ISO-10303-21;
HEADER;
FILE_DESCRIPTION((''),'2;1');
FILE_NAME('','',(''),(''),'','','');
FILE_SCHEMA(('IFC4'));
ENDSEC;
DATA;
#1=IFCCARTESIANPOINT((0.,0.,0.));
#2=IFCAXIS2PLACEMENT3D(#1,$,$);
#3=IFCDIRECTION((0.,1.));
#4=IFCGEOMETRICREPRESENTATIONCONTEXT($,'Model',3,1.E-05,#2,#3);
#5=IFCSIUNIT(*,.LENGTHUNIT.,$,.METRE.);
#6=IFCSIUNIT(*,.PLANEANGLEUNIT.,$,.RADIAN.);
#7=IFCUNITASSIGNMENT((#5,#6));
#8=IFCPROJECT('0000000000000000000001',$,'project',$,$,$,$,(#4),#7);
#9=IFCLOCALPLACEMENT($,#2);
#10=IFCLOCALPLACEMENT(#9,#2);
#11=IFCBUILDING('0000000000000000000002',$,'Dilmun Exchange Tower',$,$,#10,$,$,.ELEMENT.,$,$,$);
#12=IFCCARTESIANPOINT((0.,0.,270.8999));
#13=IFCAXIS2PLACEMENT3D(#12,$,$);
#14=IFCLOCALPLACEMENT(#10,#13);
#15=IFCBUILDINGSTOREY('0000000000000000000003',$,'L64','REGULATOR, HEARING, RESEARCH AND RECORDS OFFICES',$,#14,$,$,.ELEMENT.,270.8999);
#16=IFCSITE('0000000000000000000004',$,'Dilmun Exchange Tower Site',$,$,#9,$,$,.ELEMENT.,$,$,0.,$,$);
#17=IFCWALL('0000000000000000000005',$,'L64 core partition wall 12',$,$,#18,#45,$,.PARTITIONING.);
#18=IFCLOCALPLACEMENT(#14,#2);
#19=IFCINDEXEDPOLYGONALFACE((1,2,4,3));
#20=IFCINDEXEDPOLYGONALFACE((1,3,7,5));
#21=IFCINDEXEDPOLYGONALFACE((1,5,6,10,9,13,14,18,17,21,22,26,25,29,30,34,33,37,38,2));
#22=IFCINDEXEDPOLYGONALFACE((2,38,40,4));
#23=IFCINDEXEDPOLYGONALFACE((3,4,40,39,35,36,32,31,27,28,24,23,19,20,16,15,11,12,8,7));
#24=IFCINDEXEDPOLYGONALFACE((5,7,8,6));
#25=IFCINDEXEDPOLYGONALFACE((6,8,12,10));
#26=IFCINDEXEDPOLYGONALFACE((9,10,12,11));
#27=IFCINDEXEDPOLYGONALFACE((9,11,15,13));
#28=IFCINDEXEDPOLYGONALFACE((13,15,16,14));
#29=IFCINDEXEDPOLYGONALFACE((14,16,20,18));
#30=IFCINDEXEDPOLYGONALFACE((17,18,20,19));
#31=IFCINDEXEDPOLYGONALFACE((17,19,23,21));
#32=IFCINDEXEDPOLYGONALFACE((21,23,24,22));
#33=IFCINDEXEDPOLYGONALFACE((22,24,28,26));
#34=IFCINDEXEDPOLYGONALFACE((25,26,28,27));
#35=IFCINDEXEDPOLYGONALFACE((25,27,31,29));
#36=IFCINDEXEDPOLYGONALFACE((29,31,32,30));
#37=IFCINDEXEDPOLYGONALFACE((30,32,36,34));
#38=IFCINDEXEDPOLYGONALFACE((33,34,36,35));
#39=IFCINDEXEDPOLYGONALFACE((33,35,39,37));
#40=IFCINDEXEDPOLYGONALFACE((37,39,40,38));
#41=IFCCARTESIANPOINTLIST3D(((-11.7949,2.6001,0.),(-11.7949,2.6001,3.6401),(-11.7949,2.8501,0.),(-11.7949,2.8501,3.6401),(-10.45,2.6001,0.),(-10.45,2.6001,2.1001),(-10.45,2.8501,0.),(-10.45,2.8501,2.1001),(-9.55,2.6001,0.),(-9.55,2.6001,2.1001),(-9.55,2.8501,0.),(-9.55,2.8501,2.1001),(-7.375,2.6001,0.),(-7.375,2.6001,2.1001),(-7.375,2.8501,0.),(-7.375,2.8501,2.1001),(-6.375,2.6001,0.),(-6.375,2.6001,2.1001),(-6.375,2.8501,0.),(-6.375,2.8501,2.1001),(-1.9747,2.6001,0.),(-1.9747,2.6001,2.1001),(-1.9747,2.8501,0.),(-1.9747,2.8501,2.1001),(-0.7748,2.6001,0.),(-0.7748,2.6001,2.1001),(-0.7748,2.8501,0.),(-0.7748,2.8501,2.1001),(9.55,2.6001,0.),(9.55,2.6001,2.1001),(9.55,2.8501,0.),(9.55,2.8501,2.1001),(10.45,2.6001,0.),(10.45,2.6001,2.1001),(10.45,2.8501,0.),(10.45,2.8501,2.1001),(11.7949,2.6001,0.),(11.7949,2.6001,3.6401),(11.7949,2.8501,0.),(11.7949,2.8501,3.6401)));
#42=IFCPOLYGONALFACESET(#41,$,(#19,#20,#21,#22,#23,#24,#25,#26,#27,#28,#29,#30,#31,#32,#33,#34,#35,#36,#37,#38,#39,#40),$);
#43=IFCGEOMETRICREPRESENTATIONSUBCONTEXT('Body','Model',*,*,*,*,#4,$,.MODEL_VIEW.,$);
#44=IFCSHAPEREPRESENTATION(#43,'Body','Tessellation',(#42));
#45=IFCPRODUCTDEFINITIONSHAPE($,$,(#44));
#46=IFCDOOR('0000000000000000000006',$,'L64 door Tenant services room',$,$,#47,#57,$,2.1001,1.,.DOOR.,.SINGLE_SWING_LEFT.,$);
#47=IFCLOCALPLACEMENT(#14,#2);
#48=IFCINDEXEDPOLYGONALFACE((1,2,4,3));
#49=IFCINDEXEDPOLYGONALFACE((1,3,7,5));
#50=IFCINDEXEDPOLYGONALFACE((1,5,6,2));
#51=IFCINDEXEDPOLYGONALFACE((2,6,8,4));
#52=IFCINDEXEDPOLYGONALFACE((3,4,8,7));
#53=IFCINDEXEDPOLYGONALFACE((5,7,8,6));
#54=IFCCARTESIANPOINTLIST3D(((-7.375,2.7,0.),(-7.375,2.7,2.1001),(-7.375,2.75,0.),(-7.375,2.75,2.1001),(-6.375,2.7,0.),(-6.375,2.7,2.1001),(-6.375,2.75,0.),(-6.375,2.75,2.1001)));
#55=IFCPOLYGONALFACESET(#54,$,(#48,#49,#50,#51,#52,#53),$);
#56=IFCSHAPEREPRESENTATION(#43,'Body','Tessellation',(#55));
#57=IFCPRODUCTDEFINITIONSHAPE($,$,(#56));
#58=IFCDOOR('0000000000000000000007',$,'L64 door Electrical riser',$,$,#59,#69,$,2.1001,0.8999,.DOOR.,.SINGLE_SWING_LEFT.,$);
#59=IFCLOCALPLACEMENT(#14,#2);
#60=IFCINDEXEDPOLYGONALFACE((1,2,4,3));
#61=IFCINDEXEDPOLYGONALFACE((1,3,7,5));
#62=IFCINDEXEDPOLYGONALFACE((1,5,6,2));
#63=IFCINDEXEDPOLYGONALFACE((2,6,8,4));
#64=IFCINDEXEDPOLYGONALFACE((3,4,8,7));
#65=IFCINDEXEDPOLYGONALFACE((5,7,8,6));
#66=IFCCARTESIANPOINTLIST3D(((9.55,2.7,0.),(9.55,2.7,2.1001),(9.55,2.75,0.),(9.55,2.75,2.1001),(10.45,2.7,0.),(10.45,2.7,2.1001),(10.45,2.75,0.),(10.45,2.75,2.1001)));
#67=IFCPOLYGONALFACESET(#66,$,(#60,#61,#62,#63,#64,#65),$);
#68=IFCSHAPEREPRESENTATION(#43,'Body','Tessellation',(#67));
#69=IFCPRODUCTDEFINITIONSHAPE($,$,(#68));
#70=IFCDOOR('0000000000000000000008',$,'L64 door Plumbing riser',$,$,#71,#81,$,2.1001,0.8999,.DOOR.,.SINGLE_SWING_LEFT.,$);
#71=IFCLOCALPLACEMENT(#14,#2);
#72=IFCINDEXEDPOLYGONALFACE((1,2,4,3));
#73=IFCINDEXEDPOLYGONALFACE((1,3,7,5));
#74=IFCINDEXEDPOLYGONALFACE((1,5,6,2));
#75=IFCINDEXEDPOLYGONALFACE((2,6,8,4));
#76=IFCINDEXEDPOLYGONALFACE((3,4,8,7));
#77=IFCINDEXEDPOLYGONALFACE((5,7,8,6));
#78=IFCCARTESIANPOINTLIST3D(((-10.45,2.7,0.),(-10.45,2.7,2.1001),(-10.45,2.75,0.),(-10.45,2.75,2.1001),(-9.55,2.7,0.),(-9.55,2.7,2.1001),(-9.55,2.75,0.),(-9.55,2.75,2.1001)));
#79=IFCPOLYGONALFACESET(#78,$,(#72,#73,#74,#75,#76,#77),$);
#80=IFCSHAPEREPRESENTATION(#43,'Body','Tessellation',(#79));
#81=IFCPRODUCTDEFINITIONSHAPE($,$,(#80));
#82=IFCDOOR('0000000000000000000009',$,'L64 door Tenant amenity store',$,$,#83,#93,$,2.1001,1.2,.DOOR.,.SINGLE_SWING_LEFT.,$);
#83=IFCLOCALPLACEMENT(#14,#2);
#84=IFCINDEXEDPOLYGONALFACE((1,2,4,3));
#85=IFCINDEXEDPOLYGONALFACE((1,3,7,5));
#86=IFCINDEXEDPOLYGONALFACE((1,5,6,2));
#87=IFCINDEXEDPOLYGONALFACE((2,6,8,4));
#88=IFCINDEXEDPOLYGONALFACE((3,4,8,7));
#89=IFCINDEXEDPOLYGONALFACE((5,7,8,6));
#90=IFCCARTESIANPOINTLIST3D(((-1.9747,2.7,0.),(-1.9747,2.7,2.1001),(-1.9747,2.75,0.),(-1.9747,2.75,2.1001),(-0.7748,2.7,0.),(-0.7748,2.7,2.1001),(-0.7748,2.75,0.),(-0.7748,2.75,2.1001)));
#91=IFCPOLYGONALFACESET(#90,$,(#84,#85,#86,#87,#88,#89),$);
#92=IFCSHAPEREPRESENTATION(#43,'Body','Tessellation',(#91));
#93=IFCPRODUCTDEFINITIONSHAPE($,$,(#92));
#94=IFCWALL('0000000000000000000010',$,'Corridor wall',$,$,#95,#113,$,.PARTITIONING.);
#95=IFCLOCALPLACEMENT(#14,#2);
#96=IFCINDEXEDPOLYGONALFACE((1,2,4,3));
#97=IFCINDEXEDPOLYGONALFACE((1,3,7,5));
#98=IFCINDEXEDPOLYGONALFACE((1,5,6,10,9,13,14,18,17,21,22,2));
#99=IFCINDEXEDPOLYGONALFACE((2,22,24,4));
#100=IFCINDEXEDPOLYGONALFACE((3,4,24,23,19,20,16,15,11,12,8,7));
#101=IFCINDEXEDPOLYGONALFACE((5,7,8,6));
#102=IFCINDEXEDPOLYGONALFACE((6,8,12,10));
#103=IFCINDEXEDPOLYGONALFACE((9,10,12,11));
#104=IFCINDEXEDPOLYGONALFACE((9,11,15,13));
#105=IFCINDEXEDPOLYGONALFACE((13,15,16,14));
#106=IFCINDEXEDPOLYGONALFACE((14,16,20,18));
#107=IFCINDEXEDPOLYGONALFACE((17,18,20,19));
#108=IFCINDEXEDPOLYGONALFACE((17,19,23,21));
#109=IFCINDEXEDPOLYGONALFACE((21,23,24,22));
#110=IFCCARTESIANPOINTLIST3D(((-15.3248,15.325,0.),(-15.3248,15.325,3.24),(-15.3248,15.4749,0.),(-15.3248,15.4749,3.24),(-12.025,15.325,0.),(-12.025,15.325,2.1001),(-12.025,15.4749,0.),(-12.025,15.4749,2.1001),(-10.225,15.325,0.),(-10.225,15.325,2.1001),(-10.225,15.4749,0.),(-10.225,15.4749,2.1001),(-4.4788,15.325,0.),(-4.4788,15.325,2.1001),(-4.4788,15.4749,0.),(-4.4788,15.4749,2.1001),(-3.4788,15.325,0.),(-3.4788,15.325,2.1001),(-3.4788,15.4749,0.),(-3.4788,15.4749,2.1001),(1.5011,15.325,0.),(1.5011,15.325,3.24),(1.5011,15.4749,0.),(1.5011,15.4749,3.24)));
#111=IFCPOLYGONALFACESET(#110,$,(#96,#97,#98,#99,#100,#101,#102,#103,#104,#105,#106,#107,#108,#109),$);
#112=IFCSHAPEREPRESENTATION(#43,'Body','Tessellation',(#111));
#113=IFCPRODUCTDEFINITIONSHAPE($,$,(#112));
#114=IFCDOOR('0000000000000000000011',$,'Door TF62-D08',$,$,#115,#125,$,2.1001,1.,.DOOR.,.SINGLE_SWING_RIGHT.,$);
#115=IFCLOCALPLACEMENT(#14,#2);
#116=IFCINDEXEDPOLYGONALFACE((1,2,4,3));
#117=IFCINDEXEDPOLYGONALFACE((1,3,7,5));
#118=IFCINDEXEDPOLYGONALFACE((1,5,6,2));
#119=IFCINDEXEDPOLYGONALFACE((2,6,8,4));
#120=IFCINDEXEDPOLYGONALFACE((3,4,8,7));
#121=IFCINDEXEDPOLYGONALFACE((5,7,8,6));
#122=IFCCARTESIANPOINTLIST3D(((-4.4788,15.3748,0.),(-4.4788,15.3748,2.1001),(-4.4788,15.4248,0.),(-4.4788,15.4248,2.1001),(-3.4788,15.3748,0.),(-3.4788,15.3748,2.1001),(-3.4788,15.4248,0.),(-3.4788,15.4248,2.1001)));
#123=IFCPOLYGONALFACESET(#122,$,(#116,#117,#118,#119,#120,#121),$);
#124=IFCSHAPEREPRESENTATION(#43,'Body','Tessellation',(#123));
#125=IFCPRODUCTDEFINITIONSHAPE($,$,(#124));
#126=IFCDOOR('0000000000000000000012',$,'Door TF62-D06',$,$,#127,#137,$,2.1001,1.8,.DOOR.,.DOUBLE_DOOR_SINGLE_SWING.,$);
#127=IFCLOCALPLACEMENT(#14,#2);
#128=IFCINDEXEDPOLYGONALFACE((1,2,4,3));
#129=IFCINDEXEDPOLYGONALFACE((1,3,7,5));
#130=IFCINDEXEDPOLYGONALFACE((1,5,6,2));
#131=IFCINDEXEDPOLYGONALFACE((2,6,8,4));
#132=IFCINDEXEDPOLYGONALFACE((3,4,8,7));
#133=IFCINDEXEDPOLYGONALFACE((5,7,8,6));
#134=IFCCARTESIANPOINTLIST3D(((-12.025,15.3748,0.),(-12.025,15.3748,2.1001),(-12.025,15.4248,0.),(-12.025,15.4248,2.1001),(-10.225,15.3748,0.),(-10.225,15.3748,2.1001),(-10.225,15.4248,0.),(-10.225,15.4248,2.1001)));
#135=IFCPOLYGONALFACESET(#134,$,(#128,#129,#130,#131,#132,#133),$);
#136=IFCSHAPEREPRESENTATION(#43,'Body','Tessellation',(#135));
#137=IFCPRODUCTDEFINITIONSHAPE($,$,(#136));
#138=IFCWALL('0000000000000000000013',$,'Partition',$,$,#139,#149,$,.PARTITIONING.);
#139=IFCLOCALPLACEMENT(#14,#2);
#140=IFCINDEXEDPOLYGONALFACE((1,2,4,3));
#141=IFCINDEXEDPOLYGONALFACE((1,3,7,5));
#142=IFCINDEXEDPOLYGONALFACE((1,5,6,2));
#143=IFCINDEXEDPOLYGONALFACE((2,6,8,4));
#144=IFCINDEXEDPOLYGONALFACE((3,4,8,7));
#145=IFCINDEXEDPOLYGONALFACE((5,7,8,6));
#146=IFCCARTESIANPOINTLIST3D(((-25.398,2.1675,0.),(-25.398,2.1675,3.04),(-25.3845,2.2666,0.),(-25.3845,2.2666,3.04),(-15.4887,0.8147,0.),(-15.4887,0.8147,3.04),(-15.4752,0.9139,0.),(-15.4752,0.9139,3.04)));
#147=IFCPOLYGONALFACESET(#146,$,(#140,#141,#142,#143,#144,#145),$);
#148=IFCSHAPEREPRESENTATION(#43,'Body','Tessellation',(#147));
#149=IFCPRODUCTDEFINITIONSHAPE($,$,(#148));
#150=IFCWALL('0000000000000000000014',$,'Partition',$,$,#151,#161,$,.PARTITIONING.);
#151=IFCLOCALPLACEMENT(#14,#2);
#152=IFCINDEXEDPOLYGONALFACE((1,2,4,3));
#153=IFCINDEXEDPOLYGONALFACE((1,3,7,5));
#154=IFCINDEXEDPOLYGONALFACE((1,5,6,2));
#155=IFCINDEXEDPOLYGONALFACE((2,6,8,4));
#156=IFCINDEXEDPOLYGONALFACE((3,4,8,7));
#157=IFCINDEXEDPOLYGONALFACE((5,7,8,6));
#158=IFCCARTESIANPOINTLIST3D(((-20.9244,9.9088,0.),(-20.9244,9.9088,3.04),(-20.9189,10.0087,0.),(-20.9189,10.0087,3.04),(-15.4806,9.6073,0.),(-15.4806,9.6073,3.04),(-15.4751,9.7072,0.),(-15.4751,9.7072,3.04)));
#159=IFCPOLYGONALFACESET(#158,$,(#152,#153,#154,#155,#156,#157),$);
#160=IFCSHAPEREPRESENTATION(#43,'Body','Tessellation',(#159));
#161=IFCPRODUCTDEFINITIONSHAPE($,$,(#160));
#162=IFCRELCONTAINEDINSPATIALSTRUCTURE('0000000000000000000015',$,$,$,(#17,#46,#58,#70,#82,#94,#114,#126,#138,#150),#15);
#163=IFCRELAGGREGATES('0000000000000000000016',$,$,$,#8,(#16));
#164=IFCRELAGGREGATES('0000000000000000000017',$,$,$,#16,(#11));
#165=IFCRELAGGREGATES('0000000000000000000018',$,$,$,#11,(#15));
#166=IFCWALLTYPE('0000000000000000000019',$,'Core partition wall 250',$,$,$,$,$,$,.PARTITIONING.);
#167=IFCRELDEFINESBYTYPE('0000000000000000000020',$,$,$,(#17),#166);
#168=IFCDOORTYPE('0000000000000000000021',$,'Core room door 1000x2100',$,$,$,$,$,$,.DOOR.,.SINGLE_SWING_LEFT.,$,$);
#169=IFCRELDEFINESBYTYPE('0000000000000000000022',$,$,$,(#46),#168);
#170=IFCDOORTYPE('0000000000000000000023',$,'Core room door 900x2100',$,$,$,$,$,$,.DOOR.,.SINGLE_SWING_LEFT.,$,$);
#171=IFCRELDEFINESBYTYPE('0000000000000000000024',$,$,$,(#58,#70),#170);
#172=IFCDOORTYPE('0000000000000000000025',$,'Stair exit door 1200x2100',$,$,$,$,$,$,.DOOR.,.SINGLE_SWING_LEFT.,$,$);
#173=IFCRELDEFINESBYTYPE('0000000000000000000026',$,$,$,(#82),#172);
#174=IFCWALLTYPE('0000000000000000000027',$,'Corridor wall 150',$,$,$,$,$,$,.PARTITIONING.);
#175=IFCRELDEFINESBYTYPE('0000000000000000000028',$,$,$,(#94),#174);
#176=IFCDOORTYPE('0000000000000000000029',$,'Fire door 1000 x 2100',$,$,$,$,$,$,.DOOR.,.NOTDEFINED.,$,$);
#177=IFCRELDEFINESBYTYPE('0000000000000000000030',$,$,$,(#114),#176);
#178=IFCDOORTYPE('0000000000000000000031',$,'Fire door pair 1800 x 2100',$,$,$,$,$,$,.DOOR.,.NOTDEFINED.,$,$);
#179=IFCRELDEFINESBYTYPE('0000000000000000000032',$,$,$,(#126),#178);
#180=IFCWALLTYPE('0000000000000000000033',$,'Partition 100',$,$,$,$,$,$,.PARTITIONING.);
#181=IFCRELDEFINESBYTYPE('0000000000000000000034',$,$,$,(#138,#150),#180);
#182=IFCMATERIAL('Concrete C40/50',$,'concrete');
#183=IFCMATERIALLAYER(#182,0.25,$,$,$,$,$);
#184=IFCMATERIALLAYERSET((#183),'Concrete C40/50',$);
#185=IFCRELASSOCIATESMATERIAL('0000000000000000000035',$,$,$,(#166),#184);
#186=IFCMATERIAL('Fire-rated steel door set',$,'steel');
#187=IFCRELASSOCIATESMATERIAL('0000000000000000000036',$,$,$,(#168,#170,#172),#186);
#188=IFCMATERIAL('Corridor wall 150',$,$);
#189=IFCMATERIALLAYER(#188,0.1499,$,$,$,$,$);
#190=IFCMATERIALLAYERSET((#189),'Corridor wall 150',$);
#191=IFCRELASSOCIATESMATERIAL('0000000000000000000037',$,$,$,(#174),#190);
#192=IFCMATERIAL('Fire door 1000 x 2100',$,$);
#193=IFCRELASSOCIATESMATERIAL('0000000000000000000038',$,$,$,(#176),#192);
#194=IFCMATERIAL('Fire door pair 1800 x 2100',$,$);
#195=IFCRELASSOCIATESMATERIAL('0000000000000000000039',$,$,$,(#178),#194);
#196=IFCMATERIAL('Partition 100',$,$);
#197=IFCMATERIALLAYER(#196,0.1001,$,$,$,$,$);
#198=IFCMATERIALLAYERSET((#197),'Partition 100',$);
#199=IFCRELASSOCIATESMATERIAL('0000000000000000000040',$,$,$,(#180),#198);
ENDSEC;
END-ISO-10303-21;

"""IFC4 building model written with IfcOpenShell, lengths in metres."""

from ifc_helpers import new_model, si_unit, direction, frame, frame_2d, origin, place, context, subcontext, project, spatial, rectangle, extrude, material, layer, layer_set, type_object, element, fill, save


model = new_model("IFC4")

# Units and contexts
model_context = context("Model", 3, precision=1e-05, world=origin(), true_north=direction((0.0, 1.0)))
body_context = subcontext(model_context, "Body", "Model", "MODEL_VIEW")
ifc_project = project(units=[si_unit("LENGTHUNIT", "METRE"), si_unit("PLANEANGLEUNIT", "RADIAN")], contexts=[model_context])

# Site, building, storey
site_placement = place(None, origin())
site = spatial("IfcSite", under=ifc_project, at=site_placement, Name="Dilmun Exchange Tower Site", CompositionType="ELEMENT", RefElevation=0.0)
building_placement = place(site_placement, origin())
building = spatial("IfcBuilding", under=site, at=building_placement, Name="Dilmun Exchange Tower", CompositionType="ELEMENT")
storey_placement = place(building_placement, frame((0.0, 0.0, 270.8999)))
storey = spatial("IfcBuildingStorey", under=building, at=storey_placement, Name="L64", Description="REGULATOR, HEARING, RESEARCH AND RECORDS OFFICES", CompositionType="ELEMENT", Elevation=270.8999)

# Shared definitions
ifc_material_1 = material(Name="Concrete C40/50", Category="concrete")

# Walls, openings, doors
ifc_layer_1 = layer(ifc_material_1, 0.25)
ifc_layer_set_1 = layer_set([ifc_layer_1], Name="Concrete C40/50")
wall_type_1 = type_object("IfcWallType", Name="Core partition wall 250", PredefinedType="PARTITIONING", material=ifc_layer_set_1)
wall_1_placement = place(storey_placement, frame((-11.7949, 2.7251, 0.0), z_axis=(0.0, 0.0, 1.0), x_axis=(1.0, 0.0, 0.0)))
wall_1 = element("IfcWall", 1, at=wall_1_placement, inside=storey, type_object=wall_type_1, Name="L64 core partition wall 12", PredefinedType="PARTITIONING", context=body_context, shape_type="SweptSolid", body=[
    extrude(rectangle(XDim=23.5898, YDim=0.25, at=frame_2d((11.7949, 0.0))), origin(), (0.0, 0.0, 1.0), 3.6401),
])
opening_1_placement = place(wall_1_placement, frame((21.345, 0.0, 0.0)))
opening_1 = element("IfcOpeningElement", 2, at=opening_1_placement, cuts=wall_1, PredefinedType="OPENING", context=body_context, shape_type="SweptSolid", body=[
    extrude(rectangle(XDim=0.8999, YDim=2.1001, at=frame_2d((0.45, 1.05))), frame((0.0, 0.135, 0.0), z_axis=(0.0, -1.0, 0.0), x_axis=(1.0, 0.0, 0.0)), (0.0, 0.0, 1.0), 0.27),
])
opening_2_placement = place(wall_1_placement, frame((1.345, 0.0, 0.0)))
opening_2 = element("IfcOpeningElement", 3, at=opening_2_placement, cuts=wall_1, PredefinedType="OPENING", context=body_context, shape_type="SweptSolid", body=[
    extrude(rectangle(XDim=0.8999, YDim=2.1001, at=frame_2d((0.45, 1.05))), frame((0.0, 0.135, 0.0), z_axis=(0.0, -1.0, 0.0), x_axis=(1.0, 0.0, 0.0)), (0.0, 0.0, 1.0), 0.27),
])
opening_3_placement = place(wall_1_placement, frame((4.4199, 0.0, 0.0)))
opening_3 = element("IfcOpeningElement", 4, at=opening_3_placement, cuts=wall_1, PredefinedType="OPENING", context=body_context, shape_type="SweptSolid", body=[
    extrude(rectangle(XDim=1.0, YDim=2.1001, at=frame_2d((0.5, 1.05))), frame((0.0, 0.135, 0.0), z_axis=(0.0, -1.0, 0.0), x_axis=(1.0, 0.0, 0.0)), (0.0, 0.0, 1.0), 0.27),
])
opening_4_placement = place(wall_1_placement, frame((9.8201, 0.0, 0.0)))
opening_4 = element("IfcOpeningElement", 5, at=opening_4_placement, cuts=wall_1, PredefinedType="OPENING", context=body_context, shape_type="SweptSolid", body=[
    extrude(rectangle(XDim=1.2, YDim=2.1001, at=frame_2d((0.6001, 1.05))), frame((0.0, 0.135, 0.0), z_axis=(0.0, -1.0, 0.0), x_axis=(1.0, 0.0, 0.0)), (0.0, 0.0, 1.0), 0.27),
])
ifc_material_2 = material(Name="Fire-rated steel door set", Category="steel")
door_type_1 = type_object("IfcDoorType", Name="Core room door 1000x2100", OperationType="SINGLE_SWING_LEFT", PredefinedType="DOOR", material=ifc_material_2)
door_1_placement = place(opening_3_placement, origin())
door_1 = element("IfcDoor", 6, at=door_1_placement, inside=storey, type_object=door_type_1, Name="L64 door Tenant services room", OperationType="SINGLE_SWING_LEFT", OverallHeight=2.1001, OverallWidth=1.0, PredefinedType="DOOR", context=body_context, shape_type="SweptSolid", body=[
    extrude(rectangle(XDim=1.0, YDim=2.1001, at=frame_2d((0.5, 1.05))), frame((0.0, 0.0249, 0.0), z_axis=(0.0, -1.0, 0.0), x_axis=(1.0, 0.0, 0.0)), (0.0, 0.0, 1.0), 0.05),
])
fill(opening_3, door_1)
door_type_2 = type_object("IfcDoorType", Name="Core room door 900x2100", OperationType="SINGLE_SWING_LEFT", PredefinedType="DOOR", material=ifc_material_2)
door_2_placement = place(opening_1_placement, origin())
door_2 = element("IfcDoor", 7, at=door_2_placement, inside=storey, type_object=door_type_2, Name="L64 door Electrical riser", OperationType="SINGLE_SWING_LEFT", OverallHeight=2.1001, OverallWidth=0.8999, PredefinedType="DOOR", context=body_context, shape_type="SweptSolid", body=[
    extrude(rectangle(XDim=0.8999, YDim=2.1001, at=frame_2d((0.45, 1.05))), frame((0.0, 0.0249, 0.0), z_axis=(0.0, -1.0, 0.0), x_axis=(1.0, 0.0, 0.0)), (0.0, 0.0, 1.0), 0.05),
])
fill(opening_1, door_2)
door_3_placement = place(opening_2_placement, origin())
door_3 = element("IfcDoor", 8, at=door_3_placement, inside=storey, type_object=door_type_2, Name="L64 door Plumbing riser", OperationType="SINGLE_SWING_LEFT", OverallHeight=2.1001, OverallWidth=0.8999, PredefinedType="DOOR", context=body_context, shape_type="SweptSolid", body=[
    extrude(rectangle(XDim=0.8999, YDim=2.1001, at=frame_2d((0.45, 1.05))), frame((0.0, 0.0249, 0.0), z_axis=(0.0, -1.0, 0.0), x_axis=(1.0, 0.0, 0.0)), (0.0, 0.0, 1.0), 0.05),
])
fill(opening_2, door_3)
door_type_3 = type_object("IfcDoorType", Name="Stair exit door 1200x2100", OperationType="SINGLE_SWING_LEFT", PredefinedType="DOOR", material=ifc_material_2)
door_4_placement = place(opening_4_placement, origin())
door_4 = element("IfcDoor", 9, at=door_4_placement, inside=storey, type_object=door_type_3, Name="L64 door Tenant amenity store", OperationType="SINGLE_SWING_LEFT", OverallHeight=2.1001, OverallWidth=1.2, PredefinedType="DOOR", context=body_context, shape_type="SweptSolid", body=[
    extrude(rectangle(XDim=1.2, YDim=2.1001, at=frame_2d((0.6001, 1.05))), frame((0.0, 0.0249, 0.0), z_axis=(0.0, -1.0, 0.0), x_axis=(1.0, 0.0, 0.0)), (0.0, 0.0, 1.0), 0.05),
])
fill(opening_4, door_4)
ifc_material_3 = material(Name="Corridor wall 150")
ifc_layer_2 = layer(ifc_material_3, 0.1499)
ifc_layer_set_2 = layer_set([ifc_layer_2], Name="Corridor wall 150")
wall_type_2 = type_object("IfcWallType", Name="Corridor wall 150", PredefinedType="PARTITIONING", material=ifc_layer_set_2)
wall_2_placement = place(storey_placement, frame((-15.325, 15.3999, 0.0), z_axis=(0.0, 0.0, 1.0), x_axis=(1.0, 0.0, 0.0)))
wall_2 = element("IfcWall", 10, at=wall_2_placement, inside=storey, type_object=wall_type_2, Name="Corridor wall", PredefinedType="PARTITIONING", context=body_context, shape_type="SweptSolid", body=[
    extrude(rectangle(XDim=16.8259, YDim=0.1499, at=frame_2d((8.4131, 0.0))), origin(), (0.0, 0.0, 1.0), 3.24),
])
opening_5_placement = place(wall_2_placement, frame((3.3, 0.0, 0.0)))
opening_5 = element("IfcOpeningElement", 11, at=opening_5_placement, cuts=wall_2, PredefinedType="OPENING", context=body_context, shape_type="SweptSolid", body=[
    extrude(rectangle(XDim=1.8, YDim=2.1001, at=frame_2d((0.8999, 1.05))), frame((0.0, 0.085, 0.0), z_axis=(0.0, -1.0, 0.0), x_axis=(1.0, 0.0, 0.0)), (0.0, 0.0, 1.0), 0.1699),
])
opening_6_placement = place(wall_2_placement, frame((10.8462, 0.0, 0.0)))
opening_6 = element("IfcOpeningElement", 12, at=opening_6_placement, cuts=wall_2, PredefinedType="OPENING", context=body_context, shape_type="SweptSolid", body=[
    extrude(rectangle(XDim=1.0, YDim=2.1001, at=frame_2d((0.5, 1.05))), frame((0.0, 0.085, 0.0), z_axis=(0.0, -1.0, 0.0), x_axis=(1.0, 0.0, 0.0)), (0.0, 0.0, 1.0), 0.1699),
])
ifc_material_4 = material(Name="Fire door 1000 x 2100")
door_type_4 = type_object("IfcDoorType", Name="Fire door 1000 x 2100", OperationType="NOTDEFINED", PredefinedType="DOOR", material=ifc_material_4)
door_5_placement = place(opening_6_placement, origin())
door_5 = element("IfcDoor", 13, at=door_5_placement, inside=storey, type_object=door_type_4, Name="Door TF62-D08", OperationType="SINGLE_SWING_RIGHT", OverallHeight=2.1001, OverallWidth=1.0, PredefinedType="DOOR", context=body_context, shape_type="SweptSolid", body=[
    extrude(rectangle(XDim=1.0, YDim=2.1001, at=frame_2d((0.5, 1.05))), frame((0.0, 0.0249, 0.0), z_axis=(0.0, -1.0, 0.0), x_axis=(1.0, 0.0, 0.0)), (0.0, 0.0, 1.0), 0.05),
])
fill(opening_6, door_5)
ifc_material_5 = material(Name="Fire door pair 1800 x 2100")
door_type_5 = type_object("IfcDoorType", Name="Fire door pair 1800 x 2100", OperationType="NOTDEFINED", PredefinedType="DOOR", material=ifc_material_5)
door_6_placement = place(opening_5_placement, origin())
door_6 = element("IfcDoor", 14, at=door_6_placement, inside=storey, type_object=door_type_5, Name="Door TF62-D06", OperationType="DOUBLE_DOOR_SINGLE_SWING", OverallHeight=2.1001, OverallWidth=1.8, PredefinedType="DOOR", context=body_context, shape_type="SweptSolid", body=[
    extrude(rectangle(XDim=1.8, YDim=2.1001, at=frame_2d((0.8999, 1.05))), frame((0.0, 0.0249, 0.0), z_axis=(0.0, -1.0, 0.0), x_axis=(1.0, 0.0, 0.0)), (0.0, 0.0, 1.0), 0.05),
])
fill(opening_5, door_6)

# Walls
ifc_material_6 = material(Name="Partition 100")
ifc_layer_3 = layer(ifc_material_6, 0.1001)
ifc_layer_set_3 = layer_set([ifc_layer_3], Name="Partition 100")
wall_type_3 = type_object("IfcWallType", Name="Partition 100", PredefinedType="PARTITIONING", material=ifc_layer_set_3)
wall_3_placement = place(storey_placement, frame((-25.3911, 2.217, 0.0), z_axis=(0.0, 0.0, 1.0), x_axis=(0.99081, -0.13526, 0.0)))
element("IfcWall", 15, at=wall_3_placement, inside=storey, type_object=wall_type_3, Name="Partition", PredefinedType="PARTITIONING", context=body_context, shape_type="SweptSolid", body=[
    extrude(rectangle(XDim=10.0012, YDim=0.1001, at=frame_2d((5.0005, 0.0))), origin(), (0.0, 0.0, 1.0), 3.04),
])
wall_4_placement = place(storey_placement, frame((-20.9216, 9.9587, 0.0), z_axis=(0.0, 0.0, 1.0), x_axis=(0.99847, -0.055301, 0.0)))
element("IfcWall", 16, at=wall_4_placement, inside=storey, type_object=wall_type_3, Name="Partition", PredefinedType="PARTITIONING", context=body_context, shape_type="SweptSolid", body=[
    extrude(rectangle(XDim=5.4521, YDim=0.1001, at=frame_2d((2.7261, 0.0))), origin(), (0.0, 0.0, 1.0), 3.04),
])

save(model, "model.ifc")
